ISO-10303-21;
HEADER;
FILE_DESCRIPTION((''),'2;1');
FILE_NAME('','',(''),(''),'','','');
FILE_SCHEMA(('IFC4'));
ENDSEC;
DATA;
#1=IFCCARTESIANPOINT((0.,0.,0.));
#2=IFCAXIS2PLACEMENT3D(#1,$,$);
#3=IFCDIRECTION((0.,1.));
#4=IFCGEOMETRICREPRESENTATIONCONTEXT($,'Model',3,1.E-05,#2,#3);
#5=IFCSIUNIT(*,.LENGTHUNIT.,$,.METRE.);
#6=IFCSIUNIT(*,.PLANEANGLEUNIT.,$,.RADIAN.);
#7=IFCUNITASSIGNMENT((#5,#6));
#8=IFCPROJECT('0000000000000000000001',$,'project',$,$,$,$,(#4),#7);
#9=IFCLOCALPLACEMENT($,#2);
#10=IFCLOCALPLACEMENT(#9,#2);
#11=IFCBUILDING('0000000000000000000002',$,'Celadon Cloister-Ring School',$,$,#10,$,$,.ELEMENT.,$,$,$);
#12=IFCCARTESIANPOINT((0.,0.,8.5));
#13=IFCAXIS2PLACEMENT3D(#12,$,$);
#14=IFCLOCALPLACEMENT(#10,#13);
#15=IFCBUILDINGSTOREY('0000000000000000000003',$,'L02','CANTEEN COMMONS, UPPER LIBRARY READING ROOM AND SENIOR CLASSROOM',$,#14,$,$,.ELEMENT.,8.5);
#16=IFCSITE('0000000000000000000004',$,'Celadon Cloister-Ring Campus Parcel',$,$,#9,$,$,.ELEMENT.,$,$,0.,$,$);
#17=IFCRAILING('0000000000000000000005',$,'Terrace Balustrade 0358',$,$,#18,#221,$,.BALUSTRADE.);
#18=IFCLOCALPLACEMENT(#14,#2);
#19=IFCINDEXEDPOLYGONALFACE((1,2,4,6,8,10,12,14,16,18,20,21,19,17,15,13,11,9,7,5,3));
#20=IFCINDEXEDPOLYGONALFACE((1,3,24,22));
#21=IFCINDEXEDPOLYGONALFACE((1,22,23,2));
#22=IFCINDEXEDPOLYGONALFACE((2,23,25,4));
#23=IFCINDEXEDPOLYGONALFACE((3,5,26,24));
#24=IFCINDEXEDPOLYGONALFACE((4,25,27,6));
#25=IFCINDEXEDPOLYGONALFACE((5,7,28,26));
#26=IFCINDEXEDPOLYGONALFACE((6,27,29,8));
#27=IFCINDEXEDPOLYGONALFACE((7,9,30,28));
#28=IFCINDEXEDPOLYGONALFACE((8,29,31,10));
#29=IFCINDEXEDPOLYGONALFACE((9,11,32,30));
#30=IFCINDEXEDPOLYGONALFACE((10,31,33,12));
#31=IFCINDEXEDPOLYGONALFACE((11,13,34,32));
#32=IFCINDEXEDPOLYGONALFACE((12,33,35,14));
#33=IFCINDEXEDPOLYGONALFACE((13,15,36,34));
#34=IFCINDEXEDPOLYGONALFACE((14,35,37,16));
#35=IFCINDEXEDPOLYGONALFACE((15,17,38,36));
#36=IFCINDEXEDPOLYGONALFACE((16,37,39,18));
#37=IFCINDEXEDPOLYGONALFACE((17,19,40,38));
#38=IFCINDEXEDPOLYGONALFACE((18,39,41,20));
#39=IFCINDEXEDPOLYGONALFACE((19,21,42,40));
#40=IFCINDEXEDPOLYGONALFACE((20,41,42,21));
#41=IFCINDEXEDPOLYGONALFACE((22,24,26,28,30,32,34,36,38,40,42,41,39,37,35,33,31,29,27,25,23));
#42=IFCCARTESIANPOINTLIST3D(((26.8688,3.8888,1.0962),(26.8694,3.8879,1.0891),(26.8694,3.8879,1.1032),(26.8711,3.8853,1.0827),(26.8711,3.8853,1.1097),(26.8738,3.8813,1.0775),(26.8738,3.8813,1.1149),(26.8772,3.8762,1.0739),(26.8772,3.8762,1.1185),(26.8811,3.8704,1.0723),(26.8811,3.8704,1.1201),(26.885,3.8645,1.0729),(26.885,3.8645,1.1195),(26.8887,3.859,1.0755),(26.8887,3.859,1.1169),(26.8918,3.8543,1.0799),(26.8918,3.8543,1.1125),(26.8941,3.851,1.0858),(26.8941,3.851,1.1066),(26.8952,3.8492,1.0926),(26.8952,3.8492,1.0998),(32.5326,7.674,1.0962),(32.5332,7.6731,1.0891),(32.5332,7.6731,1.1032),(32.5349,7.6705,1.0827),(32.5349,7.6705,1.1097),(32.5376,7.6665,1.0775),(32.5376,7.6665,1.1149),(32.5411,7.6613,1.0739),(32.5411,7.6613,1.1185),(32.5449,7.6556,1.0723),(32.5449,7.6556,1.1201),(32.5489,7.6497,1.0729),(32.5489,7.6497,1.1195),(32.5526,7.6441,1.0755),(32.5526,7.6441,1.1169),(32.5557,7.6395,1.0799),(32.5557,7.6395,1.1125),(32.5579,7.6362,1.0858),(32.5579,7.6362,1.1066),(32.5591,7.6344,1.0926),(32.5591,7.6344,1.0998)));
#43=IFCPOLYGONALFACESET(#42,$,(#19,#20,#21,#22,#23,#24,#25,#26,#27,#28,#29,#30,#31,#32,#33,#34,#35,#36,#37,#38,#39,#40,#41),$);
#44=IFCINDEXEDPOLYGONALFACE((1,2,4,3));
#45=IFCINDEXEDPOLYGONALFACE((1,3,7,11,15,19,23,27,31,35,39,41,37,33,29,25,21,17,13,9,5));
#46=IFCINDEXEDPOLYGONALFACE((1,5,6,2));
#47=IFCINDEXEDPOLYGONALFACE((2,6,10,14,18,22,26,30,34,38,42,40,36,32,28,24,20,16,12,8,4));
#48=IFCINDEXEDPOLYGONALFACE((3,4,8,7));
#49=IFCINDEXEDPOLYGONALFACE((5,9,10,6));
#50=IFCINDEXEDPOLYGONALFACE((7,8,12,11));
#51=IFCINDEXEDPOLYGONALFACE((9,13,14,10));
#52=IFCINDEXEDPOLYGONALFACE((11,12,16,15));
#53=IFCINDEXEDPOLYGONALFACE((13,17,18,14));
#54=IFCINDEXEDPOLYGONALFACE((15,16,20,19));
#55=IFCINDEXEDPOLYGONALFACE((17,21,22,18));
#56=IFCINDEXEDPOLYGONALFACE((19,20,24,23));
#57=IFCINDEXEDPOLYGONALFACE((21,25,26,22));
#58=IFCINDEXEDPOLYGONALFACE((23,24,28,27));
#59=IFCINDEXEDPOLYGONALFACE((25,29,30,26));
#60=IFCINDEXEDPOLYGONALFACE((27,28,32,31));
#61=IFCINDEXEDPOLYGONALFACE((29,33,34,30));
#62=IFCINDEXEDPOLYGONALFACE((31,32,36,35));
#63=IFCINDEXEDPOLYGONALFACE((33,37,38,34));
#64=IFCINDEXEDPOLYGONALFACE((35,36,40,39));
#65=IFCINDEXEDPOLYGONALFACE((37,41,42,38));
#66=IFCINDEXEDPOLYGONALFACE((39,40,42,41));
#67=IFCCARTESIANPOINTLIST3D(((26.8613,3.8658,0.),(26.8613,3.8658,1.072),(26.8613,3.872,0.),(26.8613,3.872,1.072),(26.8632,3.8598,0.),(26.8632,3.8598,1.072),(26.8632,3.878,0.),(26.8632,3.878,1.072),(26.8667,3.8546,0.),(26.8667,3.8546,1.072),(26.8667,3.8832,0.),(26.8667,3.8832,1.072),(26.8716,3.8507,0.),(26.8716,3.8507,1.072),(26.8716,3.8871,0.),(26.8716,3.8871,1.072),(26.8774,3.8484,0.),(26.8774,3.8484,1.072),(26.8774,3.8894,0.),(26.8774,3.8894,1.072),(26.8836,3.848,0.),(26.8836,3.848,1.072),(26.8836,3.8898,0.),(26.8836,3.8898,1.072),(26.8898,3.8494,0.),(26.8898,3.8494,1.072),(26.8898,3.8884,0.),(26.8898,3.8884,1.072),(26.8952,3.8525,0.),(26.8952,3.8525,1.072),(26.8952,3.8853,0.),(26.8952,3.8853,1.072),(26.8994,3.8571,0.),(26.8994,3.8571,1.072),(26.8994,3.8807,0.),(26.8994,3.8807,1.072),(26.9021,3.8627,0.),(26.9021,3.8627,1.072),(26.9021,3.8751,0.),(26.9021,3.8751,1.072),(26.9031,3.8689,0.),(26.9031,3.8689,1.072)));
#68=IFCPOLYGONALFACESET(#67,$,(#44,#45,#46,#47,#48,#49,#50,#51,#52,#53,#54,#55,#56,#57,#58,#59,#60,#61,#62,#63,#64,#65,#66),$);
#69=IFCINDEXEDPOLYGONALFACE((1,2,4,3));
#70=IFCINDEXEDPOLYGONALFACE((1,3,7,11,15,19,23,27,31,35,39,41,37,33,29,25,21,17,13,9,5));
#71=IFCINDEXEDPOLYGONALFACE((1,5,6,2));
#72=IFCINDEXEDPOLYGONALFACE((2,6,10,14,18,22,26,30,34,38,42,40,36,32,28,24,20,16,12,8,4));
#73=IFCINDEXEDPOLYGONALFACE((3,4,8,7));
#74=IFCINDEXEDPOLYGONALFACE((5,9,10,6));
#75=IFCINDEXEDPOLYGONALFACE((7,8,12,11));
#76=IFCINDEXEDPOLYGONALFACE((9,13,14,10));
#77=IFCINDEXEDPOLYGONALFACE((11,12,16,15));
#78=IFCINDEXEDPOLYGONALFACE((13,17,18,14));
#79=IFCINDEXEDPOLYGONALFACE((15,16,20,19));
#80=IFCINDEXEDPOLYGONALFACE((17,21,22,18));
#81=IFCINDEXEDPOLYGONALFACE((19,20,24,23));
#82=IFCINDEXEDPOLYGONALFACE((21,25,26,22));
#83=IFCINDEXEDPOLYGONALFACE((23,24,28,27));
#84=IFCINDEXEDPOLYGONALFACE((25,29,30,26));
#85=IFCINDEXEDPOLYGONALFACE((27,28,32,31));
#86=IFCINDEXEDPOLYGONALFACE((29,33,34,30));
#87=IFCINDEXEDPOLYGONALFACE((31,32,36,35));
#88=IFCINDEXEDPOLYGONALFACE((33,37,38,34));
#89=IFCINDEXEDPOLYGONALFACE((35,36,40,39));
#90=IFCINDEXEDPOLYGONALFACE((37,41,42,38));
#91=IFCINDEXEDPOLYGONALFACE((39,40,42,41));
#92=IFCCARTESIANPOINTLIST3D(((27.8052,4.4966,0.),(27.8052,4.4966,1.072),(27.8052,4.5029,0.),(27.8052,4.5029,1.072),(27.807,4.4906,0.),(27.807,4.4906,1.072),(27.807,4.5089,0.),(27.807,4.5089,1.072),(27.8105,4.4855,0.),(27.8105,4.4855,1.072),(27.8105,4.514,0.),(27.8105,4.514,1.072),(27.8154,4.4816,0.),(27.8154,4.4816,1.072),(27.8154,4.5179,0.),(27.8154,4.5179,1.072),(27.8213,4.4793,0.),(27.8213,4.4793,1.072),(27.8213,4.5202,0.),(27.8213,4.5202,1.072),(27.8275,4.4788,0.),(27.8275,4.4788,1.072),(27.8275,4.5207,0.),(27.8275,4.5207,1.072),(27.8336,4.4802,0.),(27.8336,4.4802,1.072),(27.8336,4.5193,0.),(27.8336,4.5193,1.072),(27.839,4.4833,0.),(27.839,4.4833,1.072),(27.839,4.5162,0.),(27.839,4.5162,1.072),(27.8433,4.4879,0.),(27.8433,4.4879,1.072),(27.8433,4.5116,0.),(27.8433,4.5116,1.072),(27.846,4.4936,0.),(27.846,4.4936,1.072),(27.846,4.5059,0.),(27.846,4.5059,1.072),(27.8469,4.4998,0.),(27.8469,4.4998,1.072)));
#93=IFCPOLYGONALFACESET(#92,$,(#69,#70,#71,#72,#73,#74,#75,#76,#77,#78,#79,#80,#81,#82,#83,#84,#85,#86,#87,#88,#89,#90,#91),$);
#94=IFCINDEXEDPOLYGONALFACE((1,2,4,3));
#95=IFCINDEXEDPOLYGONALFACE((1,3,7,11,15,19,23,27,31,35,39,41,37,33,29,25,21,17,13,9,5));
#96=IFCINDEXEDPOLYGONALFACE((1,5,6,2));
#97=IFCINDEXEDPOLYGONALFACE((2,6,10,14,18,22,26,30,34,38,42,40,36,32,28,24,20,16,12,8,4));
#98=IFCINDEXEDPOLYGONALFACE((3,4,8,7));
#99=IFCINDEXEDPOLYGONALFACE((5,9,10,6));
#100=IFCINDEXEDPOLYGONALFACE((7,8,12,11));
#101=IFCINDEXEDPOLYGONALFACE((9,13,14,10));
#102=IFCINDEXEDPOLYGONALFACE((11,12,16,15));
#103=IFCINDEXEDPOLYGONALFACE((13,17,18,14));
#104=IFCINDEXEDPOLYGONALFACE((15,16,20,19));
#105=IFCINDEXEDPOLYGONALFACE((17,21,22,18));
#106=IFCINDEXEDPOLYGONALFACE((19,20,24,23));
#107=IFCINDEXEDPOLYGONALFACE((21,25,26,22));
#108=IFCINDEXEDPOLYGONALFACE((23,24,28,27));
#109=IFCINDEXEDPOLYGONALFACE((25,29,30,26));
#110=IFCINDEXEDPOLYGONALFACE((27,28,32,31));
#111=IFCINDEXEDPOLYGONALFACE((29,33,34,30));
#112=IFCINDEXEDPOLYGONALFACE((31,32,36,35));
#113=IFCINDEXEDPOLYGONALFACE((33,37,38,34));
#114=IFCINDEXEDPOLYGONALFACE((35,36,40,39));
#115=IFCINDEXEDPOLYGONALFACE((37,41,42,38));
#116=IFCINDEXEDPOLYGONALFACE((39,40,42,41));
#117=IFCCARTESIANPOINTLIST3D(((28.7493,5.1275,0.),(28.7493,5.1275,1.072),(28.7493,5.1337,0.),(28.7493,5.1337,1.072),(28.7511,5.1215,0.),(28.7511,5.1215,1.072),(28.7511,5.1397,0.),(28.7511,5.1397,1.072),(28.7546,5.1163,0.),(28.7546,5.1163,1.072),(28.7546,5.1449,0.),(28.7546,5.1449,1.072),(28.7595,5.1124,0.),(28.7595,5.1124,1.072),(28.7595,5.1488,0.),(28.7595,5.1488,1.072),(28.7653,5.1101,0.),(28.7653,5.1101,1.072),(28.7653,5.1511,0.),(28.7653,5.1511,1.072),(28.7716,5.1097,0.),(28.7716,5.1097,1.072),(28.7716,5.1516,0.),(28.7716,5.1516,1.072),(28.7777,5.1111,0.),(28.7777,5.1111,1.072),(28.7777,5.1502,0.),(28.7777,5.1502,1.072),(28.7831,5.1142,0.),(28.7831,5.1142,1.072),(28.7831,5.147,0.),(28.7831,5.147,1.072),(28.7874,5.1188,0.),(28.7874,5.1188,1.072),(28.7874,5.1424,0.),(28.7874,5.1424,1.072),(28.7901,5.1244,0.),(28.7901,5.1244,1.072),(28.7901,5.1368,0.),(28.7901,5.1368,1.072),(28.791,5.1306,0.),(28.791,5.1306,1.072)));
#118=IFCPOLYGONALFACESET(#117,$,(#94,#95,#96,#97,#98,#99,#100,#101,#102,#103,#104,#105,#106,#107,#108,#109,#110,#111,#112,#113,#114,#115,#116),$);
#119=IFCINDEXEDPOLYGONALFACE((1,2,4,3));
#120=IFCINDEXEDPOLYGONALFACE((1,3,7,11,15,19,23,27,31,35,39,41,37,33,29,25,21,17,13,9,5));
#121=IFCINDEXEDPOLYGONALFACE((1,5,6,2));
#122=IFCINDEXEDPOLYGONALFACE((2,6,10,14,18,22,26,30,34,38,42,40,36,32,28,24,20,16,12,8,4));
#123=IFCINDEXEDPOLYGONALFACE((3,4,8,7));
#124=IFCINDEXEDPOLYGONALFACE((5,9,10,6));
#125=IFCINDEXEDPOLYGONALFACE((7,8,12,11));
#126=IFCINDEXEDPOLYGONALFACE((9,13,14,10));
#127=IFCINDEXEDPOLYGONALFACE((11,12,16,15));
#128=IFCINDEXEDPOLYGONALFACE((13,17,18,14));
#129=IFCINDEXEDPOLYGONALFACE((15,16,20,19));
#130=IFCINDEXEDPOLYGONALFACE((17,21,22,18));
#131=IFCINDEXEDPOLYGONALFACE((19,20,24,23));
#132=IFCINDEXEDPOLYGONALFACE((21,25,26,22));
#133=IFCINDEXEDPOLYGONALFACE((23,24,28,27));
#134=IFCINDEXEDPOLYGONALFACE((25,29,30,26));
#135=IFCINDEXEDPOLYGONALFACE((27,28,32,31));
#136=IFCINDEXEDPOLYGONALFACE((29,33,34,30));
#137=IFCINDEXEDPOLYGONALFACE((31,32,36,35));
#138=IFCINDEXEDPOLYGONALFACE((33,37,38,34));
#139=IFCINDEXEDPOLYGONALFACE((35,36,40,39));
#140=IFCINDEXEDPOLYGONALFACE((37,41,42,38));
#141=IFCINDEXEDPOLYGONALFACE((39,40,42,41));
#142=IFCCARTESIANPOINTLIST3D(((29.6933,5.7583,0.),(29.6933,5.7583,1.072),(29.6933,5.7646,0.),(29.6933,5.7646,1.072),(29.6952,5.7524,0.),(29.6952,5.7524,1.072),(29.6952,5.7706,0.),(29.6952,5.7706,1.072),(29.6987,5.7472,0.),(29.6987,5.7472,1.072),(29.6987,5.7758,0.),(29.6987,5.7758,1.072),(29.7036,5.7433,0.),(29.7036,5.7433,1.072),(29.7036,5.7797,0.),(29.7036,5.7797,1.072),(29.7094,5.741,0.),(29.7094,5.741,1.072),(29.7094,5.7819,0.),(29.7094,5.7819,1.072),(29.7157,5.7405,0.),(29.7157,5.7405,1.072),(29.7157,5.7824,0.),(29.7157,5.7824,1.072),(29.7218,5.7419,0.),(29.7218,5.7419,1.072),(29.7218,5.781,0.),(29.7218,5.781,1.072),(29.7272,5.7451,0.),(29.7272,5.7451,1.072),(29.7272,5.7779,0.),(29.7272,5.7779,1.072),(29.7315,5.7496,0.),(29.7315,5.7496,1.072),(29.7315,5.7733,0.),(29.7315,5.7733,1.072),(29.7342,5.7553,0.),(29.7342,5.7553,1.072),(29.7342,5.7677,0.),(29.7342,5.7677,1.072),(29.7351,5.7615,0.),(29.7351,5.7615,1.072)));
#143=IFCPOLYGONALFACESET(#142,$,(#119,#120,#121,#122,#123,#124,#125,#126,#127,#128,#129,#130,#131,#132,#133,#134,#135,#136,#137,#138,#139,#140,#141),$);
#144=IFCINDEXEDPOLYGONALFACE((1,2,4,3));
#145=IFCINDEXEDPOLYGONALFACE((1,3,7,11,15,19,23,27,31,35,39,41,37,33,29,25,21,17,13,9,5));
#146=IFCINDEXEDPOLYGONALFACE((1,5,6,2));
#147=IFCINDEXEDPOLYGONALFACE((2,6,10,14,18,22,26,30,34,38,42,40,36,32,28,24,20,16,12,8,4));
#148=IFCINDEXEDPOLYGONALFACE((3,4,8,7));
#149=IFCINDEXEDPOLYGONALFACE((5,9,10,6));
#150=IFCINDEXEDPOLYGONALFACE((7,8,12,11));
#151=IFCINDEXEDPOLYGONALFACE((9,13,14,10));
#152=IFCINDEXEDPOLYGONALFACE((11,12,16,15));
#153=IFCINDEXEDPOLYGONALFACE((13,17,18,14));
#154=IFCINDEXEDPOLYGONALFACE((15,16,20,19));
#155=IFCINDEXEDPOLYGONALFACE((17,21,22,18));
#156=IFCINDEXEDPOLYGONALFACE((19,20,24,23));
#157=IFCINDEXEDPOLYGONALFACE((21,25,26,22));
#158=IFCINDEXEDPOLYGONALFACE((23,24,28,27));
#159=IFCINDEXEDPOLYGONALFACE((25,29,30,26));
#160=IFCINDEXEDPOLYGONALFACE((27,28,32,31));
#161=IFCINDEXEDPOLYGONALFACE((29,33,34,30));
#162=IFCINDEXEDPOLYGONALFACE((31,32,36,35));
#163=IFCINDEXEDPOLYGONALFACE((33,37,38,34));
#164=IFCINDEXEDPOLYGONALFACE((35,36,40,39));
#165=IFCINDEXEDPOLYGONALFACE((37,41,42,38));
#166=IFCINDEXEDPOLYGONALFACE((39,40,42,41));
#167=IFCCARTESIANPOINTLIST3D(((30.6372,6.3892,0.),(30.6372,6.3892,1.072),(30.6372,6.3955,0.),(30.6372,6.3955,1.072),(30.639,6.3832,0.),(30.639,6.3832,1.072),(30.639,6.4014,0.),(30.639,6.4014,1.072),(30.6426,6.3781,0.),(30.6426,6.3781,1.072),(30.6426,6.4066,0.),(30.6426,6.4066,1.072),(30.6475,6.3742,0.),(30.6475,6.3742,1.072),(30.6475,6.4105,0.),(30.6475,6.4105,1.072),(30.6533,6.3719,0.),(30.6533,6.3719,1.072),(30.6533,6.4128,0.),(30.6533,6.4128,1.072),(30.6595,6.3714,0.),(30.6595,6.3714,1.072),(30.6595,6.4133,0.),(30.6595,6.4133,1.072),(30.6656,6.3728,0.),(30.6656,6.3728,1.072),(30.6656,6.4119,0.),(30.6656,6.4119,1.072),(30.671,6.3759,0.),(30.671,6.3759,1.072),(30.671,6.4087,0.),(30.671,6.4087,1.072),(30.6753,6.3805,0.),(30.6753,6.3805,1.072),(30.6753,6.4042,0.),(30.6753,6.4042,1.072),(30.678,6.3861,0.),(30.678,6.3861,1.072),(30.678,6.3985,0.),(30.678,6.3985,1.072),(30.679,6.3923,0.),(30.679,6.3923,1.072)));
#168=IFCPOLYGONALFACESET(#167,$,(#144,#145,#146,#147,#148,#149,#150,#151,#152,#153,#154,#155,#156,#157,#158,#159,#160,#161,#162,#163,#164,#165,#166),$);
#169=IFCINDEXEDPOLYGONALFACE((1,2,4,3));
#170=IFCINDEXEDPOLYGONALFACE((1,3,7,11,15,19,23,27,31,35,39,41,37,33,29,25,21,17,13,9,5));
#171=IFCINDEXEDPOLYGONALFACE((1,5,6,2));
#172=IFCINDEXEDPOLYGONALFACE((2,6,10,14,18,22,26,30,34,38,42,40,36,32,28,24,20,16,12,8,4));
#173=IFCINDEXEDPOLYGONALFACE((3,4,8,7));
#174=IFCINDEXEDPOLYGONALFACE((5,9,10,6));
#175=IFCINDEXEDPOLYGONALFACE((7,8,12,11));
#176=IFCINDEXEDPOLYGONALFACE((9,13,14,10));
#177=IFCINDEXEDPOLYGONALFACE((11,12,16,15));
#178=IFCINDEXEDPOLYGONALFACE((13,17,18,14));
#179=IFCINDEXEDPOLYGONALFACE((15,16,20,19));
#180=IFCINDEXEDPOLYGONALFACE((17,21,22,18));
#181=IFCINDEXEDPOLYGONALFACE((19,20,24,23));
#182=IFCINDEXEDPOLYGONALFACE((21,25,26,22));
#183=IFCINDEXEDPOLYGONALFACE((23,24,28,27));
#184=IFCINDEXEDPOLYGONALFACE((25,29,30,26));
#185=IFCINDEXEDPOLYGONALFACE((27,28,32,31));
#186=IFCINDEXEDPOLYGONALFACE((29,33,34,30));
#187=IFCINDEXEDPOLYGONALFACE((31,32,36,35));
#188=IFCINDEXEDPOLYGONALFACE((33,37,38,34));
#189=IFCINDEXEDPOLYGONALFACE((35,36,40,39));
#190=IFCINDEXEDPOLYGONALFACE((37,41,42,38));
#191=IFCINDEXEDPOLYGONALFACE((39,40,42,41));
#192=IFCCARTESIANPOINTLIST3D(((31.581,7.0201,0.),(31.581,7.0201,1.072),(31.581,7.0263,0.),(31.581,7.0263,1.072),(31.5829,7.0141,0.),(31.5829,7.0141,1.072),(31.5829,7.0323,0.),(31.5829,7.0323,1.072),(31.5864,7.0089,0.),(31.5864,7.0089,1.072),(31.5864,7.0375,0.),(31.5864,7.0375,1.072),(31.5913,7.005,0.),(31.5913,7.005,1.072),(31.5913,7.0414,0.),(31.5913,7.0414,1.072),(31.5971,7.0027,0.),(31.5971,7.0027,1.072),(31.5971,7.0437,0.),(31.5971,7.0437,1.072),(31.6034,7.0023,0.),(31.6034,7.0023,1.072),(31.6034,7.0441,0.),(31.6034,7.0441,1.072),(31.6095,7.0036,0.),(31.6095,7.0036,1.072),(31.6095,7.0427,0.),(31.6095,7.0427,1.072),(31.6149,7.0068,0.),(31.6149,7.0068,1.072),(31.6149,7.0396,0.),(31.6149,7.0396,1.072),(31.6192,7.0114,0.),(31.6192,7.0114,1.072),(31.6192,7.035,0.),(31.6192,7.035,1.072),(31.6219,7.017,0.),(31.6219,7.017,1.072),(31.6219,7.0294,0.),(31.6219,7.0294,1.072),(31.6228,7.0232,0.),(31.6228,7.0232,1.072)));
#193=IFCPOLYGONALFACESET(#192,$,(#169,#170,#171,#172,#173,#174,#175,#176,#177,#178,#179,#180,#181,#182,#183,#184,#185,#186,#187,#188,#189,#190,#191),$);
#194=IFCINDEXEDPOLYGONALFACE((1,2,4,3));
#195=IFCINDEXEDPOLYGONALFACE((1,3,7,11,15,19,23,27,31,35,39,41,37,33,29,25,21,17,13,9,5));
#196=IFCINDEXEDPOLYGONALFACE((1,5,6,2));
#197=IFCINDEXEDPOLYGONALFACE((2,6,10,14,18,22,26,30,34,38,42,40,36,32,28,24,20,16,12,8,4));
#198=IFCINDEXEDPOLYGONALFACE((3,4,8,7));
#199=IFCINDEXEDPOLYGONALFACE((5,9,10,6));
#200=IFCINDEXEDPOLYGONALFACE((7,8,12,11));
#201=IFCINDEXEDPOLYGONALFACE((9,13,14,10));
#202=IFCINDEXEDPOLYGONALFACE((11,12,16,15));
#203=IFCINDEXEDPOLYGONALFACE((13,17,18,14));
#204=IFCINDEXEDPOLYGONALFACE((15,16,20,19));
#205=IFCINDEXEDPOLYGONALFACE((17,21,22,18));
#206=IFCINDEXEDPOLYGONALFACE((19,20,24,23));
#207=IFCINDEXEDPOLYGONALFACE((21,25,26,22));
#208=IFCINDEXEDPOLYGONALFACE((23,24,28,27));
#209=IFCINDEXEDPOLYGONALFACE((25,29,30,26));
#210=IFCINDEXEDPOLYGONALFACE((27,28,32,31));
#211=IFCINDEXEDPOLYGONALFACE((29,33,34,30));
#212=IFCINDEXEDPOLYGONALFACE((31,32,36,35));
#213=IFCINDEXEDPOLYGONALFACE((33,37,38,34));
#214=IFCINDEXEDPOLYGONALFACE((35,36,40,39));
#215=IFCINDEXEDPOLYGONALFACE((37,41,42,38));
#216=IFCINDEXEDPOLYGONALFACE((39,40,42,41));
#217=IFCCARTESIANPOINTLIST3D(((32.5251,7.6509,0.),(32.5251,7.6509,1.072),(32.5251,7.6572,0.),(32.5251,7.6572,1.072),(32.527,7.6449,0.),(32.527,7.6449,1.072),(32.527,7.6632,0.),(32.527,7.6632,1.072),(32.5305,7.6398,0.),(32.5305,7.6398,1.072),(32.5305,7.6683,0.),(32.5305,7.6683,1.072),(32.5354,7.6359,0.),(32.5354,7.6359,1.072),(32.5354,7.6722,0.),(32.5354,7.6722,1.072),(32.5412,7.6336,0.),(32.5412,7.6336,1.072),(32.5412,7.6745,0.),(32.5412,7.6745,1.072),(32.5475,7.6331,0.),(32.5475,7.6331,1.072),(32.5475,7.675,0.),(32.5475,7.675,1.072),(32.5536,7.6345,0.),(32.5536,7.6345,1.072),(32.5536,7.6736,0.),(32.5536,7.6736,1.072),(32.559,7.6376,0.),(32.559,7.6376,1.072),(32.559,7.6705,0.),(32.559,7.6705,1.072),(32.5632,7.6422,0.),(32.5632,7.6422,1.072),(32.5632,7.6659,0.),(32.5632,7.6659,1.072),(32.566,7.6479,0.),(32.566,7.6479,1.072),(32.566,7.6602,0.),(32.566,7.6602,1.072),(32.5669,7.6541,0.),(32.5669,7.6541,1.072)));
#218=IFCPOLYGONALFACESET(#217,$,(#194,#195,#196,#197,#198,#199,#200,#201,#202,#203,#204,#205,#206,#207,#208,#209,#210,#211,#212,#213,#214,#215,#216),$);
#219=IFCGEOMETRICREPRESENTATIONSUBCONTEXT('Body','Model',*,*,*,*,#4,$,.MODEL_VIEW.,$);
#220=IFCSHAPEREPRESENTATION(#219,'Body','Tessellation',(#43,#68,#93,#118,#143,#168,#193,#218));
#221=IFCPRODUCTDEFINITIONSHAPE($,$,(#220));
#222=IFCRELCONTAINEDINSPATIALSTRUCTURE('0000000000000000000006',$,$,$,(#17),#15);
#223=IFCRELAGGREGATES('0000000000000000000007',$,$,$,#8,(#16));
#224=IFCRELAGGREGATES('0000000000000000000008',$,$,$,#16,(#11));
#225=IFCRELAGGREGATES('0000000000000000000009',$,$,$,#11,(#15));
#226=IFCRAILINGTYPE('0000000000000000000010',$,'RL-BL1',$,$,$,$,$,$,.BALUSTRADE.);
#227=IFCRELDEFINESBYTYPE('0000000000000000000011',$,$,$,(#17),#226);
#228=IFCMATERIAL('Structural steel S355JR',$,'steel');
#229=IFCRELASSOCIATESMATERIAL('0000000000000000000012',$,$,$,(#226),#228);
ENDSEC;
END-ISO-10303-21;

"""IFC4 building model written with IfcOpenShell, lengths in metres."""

from ifc_helpers import new_model, si_unit, direction, frame, origin, origin_2d, place, context, subcontext, project, spatial, circle, extrude, material, type_object, element, save


model = new_model("IFC4")

# Units and contexts
model_context = context("Model", 3, precision=1e-05, world=origin(), true_north=direction((0.0, 1.0)))
body_context = subcontext(model_context, "Body", "Model", "MODEL_VIEW")
ifc_project = project(units=[si_unit("LENGTHUNIT", "METRE"), si_unit("PLANEANGLEUNIT", "RADIAN")], contexts=[model_context])

# Site, building, storey
site_placement = place(None, origin())
site = spatial("IfcSite", under=ifc_project, at=site_placement, Name="Celadon Cloister-Ring Campus Parcel", CompositionType="ELEMENT", RefElevation=0.0)
building_placement = place(site_placement, origin())
building = spatial("IfcBuilding", under=site, at=building_placement, Name="Celadon Cloister-Ring School", CompositionType="ELEMENT")
storey_placement = place(building_placement, frame((0.0, 0.0, 8.5)))
storey = spatial("IfcBuildingStorey", under=building, at=storey_placement, Name="L02", Description="CANTEEN COMMONS, UPPER LIBRARY READING ROOM AND SENIOR CLASSROOM", CompositionType="ELEMENT", Elevation=8.5)

# Railing
ifc_material_1 = material(Name="Structural steel S355JR", Category="steel")
railing_type = type_object("IfcRailingType", Name="RL-BL1", PredefinedType="BALUSTRADE", material=ifc_material_1)
railing_placement = place(storey_placement, frame((26.8821, 3.8689, 0.0)))
element("IfcRailing", 1, at=railing_placement, inside=storey, type_object=railing_type, Name="Terrace Balustrade 0358", PredefinedType="BALUSTRADE", context=body_context, shape_type="SweptSolid", body=[
    extrude(circle(Radius=0.0239, at=origin_2d()), frame((0.0, 0.0, 1.0962), z_axis=(0.831421, 0.555643, 0.0), x_axis=(-0.555643, 0.831421, 0.0)), (0.0, 0.0, 1.0), 6.8123),
    extrude(circle(Radius=0.021, at=origin_2d()), origin(), (0.0, 0.0, 1.0), 1.072),
    extrude(circle(Radius=0.021, at=origin_2d()), frame((0.9438, 0.6309, 0.0)), (0.0, 0.0, 1.0), 1.072),
    extrude(circle(Radius=0.021, at=origin_2d()), frame((1.8879, 1.2617, 0.0)), (0.0, 0.0, 1.0), 1.072),
    extrude(circle(Radius=0.021, at=origin_2d()), frame((2.832, 1.8926, 0.0)), (0.0, 0.0, 1.0), 1.072),
    extrude(circle(Radius=0.021, at=origin_2d()), frame((3.7759, 2.5234, 0.0)), (0.0, 0.0, 1.0), 1.072),
    extrude(circle(Radius=0.021, at=origin_2d()), frame((4.7197, 3.1543, 0.0)), (0.0, 0.0, 1.0), 1.072),
    extrude(circle(Radius=0.021, at=origin_2d()), frame((5.6638, 3.7852, 0.0)), (0.0, 0.0, 1.0), 1.072),
])

save(model, "model.ifc")
